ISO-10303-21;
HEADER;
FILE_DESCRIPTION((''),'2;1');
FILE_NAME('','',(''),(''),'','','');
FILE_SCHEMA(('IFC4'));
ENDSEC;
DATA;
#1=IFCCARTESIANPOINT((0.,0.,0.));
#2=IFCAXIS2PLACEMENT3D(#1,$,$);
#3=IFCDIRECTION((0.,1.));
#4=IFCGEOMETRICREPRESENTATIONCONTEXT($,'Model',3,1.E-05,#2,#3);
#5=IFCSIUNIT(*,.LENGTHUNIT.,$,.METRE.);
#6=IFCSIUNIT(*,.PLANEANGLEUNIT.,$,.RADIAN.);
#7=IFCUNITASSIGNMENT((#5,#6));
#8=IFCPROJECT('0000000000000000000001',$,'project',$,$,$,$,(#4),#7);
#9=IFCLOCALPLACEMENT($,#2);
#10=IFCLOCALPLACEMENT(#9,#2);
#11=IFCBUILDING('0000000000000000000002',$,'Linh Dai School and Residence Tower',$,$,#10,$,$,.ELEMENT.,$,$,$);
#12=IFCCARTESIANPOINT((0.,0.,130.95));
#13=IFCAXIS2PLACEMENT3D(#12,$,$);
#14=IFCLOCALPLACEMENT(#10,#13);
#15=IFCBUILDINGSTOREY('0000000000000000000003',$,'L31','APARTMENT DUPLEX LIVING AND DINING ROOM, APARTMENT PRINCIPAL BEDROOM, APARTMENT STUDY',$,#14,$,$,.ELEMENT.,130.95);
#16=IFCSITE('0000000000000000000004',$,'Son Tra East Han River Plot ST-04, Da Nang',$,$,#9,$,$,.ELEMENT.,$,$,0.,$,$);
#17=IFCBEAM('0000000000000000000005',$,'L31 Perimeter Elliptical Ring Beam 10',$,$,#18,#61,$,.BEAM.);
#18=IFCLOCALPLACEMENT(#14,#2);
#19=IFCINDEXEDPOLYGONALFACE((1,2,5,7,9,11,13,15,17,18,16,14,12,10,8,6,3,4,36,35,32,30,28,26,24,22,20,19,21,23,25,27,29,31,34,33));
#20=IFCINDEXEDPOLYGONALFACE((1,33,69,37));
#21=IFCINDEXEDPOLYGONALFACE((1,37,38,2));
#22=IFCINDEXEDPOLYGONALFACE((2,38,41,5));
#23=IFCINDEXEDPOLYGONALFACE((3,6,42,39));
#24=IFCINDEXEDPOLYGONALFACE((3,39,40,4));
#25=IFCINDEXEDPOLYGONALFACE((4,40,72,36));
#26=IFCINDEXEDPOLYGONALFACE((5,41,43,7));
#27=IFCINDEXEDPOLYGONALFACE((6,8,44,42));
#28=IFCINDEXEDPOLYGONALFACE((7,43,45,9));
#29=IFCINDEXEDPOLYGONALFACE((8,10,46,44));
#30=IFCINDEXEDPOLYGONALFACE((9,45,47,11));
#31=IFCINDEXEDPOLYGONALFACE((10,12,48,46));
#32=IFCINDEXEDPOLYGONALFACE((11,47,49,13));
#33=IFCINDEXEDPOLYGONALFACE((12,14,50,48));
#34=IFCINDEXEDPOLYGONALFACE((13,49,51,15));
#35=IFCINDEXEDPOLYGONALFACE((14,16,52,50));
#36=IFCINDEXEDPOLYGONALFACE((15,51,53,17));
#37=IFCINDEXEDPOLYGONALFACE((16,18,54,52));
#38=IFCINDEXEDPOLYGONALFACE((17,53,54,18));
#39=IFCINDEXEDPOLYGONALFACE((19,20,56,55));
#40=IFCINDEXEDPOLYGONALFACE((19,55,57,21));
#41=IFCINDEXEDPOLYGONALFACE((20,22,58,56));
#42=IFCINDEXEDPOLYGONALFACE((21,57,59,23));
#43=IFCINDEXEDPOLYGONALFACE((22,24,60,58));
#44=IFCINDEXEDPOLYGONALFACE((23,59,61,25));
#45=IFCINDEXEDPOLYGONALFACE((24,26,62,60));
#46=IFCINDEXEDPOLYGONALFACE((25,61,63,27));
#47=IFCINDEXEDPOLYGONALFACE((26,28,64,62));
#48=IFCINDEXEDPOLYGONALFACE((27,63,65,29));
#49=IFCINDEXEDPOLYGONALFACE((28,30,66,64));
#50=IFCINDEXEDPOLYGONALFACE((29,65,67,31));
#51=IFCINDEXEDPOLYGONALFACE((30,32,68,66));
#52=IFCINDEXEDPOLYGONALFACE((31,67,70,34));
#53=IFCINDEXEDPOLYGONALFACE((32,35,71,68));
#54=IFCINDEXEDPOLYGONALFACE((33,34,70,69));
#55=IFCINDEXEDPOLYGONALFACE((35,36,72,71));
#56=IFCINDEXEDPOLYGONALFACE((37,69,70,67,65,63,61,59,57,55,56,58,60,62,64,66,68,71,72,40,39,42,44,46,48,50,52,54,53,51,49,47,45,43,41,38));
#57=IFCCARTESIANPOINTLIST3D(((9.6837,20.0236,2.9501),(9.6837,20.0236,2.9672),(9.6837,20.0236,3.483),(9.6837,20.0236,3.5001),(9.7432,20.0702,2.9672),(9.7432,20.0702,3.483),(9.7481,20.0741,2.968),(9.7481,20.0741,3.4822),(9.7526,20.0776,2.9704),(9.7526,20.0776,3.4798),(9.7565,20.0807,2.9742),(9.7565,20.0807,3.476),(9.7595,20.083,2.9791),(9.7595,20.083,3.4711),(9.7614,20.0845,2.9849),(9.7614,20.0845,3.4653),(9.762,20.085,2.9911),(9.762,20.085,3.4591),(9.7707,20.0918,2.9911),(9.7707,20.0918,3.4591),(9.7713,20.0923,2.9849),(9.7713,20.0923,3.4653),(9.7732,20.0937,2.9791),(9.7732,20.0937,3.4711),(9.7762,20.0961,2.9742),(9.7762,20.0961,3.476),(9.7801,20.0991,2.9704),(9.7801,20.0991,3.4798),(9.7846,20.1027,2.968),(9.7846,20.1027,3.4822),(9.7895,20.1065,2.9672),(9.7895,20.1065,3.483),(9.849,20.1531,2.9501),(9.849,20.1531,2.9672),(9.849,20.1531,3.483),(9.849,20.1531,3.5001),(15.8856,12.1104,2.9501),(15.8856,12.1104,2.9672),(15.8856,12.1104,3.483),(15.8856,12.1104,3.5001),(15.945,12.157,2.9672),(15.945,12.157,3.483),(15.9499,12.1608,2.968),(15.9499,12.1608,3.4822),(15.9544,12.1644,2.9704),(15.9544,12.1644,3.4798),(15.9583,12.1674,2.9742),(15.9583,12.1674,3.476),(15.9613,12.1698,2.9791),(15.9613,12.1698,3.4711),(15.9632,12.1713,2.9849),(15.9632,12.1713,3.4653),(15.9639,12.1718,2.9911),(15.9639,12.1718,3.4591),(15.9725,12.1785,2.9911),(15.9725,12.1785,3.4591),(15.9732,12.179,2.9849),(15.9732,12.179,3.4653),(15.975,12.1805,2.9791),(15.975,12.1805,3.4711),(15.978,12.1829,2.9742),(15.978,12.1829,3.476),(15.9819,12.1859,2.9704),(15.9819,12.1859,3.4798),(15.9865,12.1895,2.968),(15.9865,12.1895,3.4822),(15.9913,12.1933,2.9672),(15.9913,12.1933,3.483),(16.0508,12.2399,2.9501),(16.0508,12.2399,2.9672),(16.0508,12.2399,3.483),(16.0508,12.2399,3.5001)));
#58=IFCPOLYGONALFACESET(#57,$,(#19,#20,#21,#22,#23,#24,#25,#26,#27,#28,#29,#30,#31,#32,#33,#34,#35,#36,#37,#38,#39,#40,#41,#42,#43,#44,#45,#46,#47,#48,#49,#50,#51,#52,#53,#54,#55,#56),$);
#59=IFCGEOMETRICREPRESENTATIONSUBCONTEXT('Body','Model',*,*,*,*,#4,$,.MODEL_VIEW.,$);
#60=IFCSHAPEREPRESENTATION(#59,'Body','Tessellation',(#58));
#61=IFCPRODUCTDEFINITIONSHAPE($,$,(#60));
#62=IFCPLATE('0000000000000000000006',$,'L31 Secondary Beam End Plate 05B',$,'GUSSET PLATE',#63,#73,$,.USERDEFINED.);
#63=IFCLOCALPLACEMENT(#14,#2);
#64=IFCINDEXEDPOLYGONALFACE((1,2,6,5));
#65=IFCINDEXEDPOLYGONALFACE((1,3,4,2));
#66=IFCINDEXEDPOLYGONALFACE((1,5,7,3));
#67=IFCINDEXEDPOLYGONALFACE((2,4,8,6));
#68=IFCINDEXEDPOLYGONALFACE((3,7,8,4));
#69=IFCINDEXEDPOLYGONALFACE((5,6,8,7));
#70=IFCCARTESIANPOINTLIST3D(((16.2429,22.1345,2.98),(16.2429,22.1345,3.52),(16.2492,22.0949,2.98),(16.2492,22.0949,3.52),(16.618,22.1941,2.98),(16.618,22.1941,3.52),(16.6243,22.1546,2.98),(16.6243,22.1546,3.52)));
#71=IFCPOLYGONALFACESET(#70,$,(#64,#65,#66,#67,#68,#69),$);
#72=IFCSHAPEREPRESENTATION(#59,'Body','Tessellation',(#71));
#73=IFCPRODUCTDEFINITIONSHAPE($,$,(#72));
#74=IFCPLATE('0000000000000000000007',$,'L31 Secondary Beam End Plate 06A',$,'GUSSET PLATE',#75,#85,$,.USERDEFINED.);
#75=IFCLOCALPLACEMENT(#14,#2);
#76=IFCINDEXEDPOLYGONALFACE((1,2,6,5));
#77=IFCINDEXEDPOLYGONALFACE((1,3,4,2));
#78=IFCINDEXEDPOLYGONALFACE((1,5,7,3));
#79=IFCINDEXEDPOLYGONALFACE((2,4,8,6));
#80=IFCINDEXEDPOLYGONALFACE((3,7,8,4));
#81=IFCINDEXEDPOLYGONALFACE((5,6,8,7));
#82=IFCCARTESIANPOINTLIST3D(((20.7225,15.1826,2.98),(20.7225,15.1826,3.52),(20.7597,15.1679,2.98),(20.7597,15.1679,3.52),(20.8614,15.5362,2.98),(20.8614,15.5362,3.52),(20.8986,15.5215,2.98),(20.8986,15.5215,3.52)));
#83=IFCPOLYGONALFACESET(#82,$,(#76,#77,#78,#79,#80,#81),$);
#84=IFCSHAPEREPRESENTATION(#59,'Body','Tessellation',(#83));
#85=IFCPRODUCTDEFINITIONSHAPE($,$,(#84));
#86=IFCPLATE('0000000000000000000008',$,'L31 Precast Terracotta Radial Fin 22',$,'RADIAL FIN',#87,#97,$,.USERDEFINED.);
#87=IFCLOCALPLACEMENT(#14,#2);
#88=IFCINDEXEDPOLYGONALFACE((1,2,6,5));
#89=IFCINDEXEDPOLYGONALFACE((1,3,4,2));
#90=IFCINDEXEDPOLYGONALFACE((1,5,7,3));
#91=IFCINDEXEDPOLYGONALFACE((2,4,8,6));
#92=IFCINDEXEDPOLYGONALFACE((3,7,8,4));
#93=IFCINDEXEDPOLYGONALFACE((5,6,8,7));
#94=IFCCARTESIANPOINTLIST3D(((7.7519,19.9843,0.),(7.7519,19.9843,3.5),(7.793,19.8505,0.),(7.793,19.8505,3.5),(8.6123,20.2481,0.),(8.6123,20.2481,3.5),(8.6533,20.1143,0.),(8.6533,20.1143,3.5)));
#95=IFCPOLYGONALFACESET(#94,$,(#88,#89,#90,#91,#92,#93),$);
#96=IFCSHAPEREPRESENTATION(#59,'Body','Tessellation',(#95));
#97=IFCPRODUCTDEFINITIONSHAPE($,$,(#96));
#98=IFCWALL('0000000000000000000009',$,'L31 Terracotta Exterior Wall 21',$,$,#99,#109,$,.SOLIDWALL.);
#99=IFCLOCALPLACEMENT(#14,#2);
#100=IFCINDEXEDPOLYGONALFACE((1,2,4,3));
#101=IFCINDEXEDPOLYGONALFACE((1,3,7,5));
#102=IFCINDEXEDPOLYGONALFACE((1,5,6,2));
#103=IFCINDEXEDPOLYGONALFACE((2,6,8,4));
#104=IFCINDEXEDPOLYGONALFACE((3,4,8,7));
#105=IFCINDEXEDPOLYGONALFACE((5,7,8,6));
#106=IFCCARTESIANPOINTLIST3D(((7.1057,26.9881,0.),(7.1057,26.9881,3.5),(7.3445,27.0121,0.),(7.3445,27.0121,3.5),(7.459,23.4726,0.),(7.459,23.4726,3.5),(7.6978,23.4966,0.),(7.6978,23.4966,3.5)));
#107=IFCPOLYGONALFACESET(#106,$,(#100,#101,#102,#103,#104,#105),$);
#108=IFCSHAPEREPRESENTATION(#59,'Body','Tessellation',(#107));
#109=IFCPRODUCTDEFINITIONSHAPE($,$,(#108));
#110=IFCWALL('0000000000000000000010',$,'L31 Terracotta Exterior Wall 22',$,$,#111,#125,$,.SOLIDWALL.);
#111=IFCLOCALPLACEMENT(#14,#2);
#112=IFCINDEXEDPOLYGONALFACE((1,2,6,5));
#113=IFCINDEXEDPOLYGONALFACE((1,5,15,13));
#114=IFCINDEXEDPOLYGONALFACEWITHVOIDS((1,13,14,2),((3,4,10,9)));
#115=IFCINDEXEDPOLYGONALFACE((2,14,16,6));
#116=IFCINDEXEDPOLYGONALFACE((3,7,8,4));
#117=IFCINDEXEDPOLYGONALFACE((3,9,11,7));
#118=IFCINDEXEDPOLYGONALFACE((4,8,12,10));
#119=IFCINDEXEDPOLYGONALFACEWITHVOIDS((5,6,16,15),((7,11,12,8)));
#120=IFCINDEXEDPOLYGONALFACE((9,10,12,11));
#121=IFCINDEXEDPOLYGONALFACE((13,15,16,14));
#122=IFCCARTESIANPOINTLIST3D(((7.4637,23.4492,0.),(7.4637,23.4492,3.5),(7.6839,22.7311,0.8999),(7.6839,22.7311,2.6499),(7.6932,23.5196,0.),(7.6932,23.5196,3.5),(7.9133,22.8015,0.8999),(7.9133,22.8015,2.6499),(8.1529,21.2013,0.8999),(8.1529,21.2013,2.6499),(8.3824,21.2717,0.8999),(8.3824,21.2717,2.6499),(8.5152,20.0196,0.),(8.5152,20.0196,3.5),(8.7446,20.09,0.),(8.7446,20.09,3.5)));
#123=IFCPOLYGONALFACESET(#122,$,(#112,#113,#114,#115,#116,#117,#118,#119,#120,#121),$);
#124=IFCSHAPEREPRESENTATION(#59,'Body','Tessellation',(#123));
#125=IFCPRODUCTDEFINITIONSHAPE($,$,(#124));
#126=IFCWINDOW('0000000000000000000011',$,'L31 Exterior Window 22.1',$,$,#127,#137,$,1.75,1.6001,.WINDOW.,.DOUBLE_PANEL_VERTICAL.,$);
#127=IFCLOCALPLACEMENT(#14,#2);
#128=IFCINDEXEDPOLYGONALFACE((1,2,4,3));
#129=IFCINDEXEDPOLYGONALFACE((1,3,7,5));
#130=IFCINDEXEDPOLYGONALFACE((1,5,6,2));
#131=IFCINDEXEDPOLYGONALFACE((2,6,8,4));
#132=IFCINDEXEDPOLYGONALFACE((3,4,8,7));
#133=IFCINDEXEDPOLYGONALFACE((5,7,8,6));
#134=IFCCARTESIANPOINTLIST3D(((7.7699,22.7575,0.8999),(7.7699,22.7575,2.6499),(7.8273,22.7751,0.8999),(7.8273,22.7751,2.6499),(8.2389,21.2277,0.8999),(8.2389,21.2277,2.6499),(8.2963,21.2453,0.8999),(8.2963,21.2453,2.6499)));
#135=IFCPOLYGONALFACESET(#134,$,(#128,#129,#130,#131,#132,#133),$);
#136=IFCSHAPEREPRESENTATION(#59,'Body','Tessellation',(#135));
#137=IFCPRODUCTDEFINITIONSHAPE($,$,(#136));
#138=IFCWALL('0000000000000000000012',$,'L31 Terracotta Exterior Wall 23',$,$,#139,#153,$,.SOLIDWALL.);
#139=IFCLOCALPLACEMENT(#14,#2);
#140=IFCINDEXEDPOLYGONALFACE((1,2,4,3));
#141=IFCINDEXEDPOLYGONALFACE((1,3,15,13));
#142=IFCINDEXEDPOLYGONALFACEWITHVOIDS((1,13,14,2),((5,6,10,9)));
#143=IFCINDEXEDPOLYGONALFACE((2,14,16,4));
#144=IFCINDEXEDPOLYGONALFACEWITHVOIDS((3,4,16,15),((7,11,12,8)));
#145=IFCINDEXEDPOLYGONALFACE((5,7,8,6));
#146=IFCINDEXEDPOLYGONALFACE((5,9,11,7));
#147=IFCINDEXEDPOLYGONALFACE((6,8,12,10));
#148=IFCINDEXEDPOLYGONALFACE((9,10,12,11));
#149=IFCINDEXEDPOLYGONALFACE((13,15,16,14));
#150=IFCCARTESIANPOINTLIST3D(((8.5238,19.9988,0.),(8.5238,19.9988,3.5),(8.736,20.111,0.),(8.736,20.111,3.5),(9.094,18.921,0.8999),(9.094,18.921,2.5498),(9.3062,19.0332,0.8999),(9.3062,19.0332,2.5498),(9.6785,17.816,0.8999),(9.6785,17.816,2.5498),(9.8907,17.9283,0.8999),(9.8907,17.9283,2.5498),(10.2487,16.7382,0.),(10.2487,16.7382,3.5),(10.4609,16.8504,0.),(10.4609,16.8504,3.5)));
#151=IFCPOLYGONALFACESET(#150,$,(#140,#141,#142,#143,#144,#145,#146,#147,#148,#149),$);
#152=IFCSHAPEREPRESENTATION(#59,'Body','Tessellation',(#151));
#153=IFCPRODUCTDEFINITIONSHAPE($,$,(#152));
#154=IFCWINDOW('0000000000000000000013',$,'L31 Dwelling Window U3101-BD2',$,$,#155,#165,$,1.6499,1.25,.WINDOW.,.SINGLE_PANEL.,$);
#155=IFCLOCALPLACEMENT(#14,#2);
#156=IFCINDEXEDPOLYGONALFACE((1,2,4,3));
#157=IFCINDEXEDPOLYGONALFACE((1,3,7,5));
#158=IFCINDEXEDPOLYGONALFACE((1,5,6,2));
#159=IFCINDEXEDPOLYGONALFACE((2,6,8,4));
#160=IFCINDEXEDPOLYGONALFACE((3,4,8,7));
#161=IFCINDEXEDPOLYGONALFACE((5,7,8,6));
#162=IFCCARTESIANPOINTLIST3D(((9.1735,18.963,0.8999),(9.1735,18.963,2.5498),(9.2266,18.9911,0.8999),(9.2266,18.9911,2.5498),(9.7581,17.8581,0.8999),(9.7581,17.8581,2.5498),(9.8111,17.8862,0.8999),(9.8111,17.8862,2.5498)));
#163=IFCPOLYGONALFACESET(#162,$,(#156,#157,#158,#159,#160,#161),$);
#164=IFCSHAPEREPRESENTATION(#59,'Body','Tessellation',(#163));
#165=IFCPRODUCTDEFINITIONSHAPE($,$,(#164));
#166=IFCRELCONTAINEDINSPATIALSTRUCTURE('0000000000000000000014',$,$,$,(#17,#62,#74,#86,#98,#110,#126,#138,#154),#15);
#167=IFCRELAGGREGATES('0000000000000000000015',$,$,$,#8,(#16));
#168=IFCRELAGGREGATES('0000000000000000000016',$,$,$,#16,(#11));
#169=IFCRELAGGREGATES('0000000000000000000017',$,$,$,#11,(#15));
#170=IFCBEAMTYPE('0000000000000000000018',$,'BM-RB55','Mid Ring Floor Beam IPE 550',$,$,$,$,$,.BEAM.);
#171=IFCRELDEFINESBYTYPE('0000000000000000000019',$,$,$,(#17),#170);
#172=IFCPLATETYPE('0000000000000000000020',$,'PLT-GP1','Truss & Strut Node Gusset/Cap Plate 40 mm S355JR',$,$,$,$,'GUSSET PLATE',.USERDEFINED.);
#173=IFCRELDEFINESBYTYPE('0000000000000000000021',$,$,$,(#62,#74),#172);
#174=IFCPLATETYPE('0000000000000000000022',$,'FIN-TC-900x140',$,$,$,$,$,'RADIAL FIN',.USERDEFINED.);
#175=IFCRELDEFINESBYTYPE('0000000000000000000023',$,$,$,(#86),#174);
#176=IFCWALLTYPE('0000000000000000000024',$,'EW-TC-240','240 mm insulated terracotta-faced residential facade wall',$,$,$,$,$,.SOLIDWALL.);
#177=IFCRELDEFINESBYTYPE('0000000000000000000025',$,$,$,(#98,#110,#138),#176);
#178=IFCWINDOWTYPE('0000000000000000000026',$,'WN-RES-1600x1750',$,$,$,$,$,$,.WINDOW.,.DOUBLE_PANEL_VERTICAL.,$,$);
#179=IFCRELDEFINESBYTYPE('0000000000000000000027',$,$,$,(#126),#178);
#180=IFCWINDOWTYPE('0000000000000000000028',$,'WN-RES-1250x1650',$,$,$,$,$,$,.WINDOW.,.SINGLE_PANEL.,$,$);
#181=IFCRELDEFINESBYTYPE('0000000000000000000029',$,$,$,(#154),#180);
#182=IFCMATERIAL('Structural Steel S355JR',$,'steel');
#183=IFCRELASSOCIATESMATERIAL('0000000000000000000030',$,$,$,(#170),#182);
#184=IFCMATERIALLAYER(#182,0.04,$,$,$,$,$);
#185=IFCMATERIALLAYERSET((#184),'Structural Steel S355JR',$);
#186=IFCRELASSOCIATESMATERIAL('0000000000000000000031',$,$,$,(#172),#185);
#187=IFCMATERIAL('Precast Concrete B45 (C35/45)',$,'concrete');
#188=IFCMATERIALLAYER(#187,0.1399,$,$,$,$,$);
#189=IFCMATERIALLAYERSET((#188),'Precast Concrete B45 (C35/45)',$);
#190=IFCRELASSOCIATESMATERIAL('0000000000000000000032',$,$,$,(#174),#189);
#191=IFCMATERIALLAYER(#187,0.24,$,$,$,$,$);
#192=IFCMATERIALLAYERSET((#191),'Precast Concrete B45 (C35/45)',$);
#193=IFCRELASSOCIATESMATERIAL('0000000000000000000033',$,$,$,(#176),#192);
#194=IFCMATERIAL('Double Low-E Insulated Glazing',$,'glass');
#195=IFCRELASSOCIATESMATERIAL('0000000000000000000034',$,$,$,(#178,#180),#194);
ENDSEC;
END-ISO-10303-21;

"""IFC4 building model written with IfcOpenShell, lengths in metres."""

from ifc_helpers import new_model, si_unit, direction, frame, frame_2d, origin, origin_2d, place, context, subcontext, project, spatial, rectangle, i_section, extrude, source, transform, mapped, material, layer, layer_set, material_profile, profile_set, type_object, element, fill, save


model = new_model("IFC4")

# Units and contexts
model_context = context("Model", 3, precision=1e-05, world=origin(), true_north=direction((0.0, 1.0)))
body_context = subcontext(model_context, "Body", "Model", "MODEL_VIEW")
ifc_project = project(units=[si_unit("LENGTHUNIT", "METRE"), si_unit("PLANEANGLEUNIT", "RADIAN")], contexts=[model_context])

# Site, building, storey
site_placement = place(None, origin())
site = spatial("IfcSite", under=ifc_project, at=site_placement, Name="Son Tra East Han River Plot ST-04, Da Nang", CompositionType="ELEMENT", RefElevation=0.0)
building_placement = place(site_placement, origin())
building = spatial("IfcBuilding", under=site, at=building_placement, Name="Linh Dai School and Residence Tower", CompositionType="ELEMENT")
storey_placement = place(building_placement, frame((0.0, 0.0, 130.95)))
storey = spatial("IfcBuildingStorey", under=building, at=storey_placement, Name="L31", Description="APARTMENT DUPLEX LIVING AND DINING ROOM, APARTMENT PRINCIPAL BEDROOM, APARTMENT STUDY", CompositionType="ELEMENT", Elevation=130.95)

# Shared definitions
ifc_material_1 = material(Name="Structural Steel S355JR", Category="steel")

# Beam
ifc_material_profile_1 = material_profile(ifc_material_1, i_section(OverallWidth=0.21, OverallDepth=0.55, WebThickness=0.011, FlangeThickness=0.0171, FilletRadius=0.0239, at=origin_2d()), Name="IPE 550")
ifc_profile_set_1 = profile_set([ifc_material_profile_1], Name="Structural Steel S355JR")
beam_type_1 = type_object("IfcBeamType", Name="BM-RB55", Description="Mid Ring Floor Beam IPE 550", PredefinedType="BEAM", material=ifc_profile_set_1)
beam_1_placement = place(storey_placement, frame((9.7664, 20.0884, 3.2251), z_axis=(0.616855, -0.787077, 0.0), x_axis=(0.787077, 0.616855, 0.0)))
element("IfcBeam", 1, at=beam_1_placement, inside=storey, type_object=beam_type_1, Name="L31 Perimeter Elliptical Ring Beam 10", PredefinedType="BEAM", context=body_context, shape_type="SweptSolid", body=[
    extrude(i_section(OverallWidth=0.21, OverallDepth=0.55, WebThickness=0.011, FlangeThickness=0.0171, FilletRadius=0.0239, at=origin_2d()), origin(), (0.0, 0.0, 1.0), 10.054),
])

# Plates
ifc_layer_1 = layer(ifc_material_1, 0.04)
ifc_layer_set_1 = layer_set([ifc_layer_1], Name="Structural Steel S355JR")
plate_type_1 = type_object("IfcPlateType", Name="PLT-GP1", Description="Truss & Strut Node Gusset/Cap Plate 40 mm S355JR", ElementType="GUSSET PLATE", PredefinedType="USERDEFINED", material=ifc_layer_set_1)
shared_shape_1 = source(origin(), body_context, "Body", "SweptSolid", [
    extrude(rectangle(XDim=0.04, YDim=0.3799, at=origin_2d()), origin(), (0.0, 0.0, 1.0), 0.54),
])
for number, where, z_axis, x_axis, name in (
    (2, (16.4336, 22.1445, 2.98), (0.0, 0.0, 1.0), (0.157025, -0.987595, 0.0), "L31 Secondary Beam End Plate 05B"),
    (3, (20.8105, 15.3521, 2.98), (0.0, 0.0, 1.0), (0.930752, -0.36565, 0.0), "L31 Secondary Beam End Plate 06A"),
):
    element("IfcPlate", number, at=place(storey_placement, frame(where, z_axis=z_axis, x_axis=x_axis)), inside=storey, type_object=plate_type_1, Name=name, ObjectType="GUSSET PLATE", PredefinedType="USERDEFINED", context=body_context, shape_type="MappedRepresentation", body=[
        mapped(shared_shape_1, transform((0.0, 0.0, 0.0), x_axis=(1.0, 0.0, 0.0), y_axis=(0.0, 1.0, 0.0), z_axis=(0.0, 0.0, 1.0), scale=1.0)),
    ])
ifc_material_2 = material(Name="Precast Concrete B45 (C35/45)", Category="concrete")
ifc_layer_2 = layer(ifc_material_2, 0.1399)
ifc_layer_set_2 = layer_set([ifc_layer_2], Name="Precast Concrete B45 (C35/45)")
plate_type_2 = type_object("IfcPlateType", Name="FIN-TC-900x140", ElementType="RADIAL FIN", PredefinedType="USERDEFINED", material=ifc_layer_set_2)
shared_shape_2 = source(origin(), body_context, "Body", "SweptSolid", [
    extrude(rectangle(XDim=0.8999, YDim=0.1399, at=origin_2d()), origin(), (0.0, 0.0, 1.0), 3.5),
])
plate_placement = place(storey_placement, frame((8.2026, 20.0493, 0.0), z_axis=(0.0, 0.0, 1.0), x_axis=(-0.956072, -0.293134, 0.0)))
element("IfcPlate", 4, at=plate_placement, inside=storey, type_object=plate_type_2, Name="L31 Precast Terracotta Radial Fin 22", ObjectType="RADIAL FIN", PredefinedType="USERDEFINED", context=body_context, shape_type="MappedRepresentation", body=[
    mapped(shared_shape_2, transform((0.0, 0.0, 0.0), x_axis=(1.0, 0.0, 0.0), y_axis=(0.0, 1.0, 0.0), z_axis=(0.0, 0.0, 1.0), scale=1.0)),
])

# Wall
ifc_layer_3 = layer(ifc_material_2, 0.24)
ifc_layer_set_3 = layer_set([ifc_layer_3], Name="Precast Concrete B45 (C35/45)")
wall_type_1 = type_object("IfcWallType", Name="EW-TC-240", Description="240 mm insulated terracotta-faced residential facade wall", PredefinedType="SOLIDWALL", material=ifc_layer_set_3)
wall_1_placement = place(storey_placement, frame((7.5784, 23.4846, 0.0), z_axis=(0.0, 0.0, 1.0), x_axis=(-0.099989, 0.994988, 0.0)))
element("IfcWall", 5, at=wall_1_placement, inside=storey, type_object=wall_type_1, Name="L31 Terracotta Exterior Wall 21", PredefinedType="SOLIDWALL", context=body_context, shape_type="SweptSolid", body=[
    extrude(rectangle(XDim=3.5332, YDim=0.24, at=frame_2d((1.7666, 0.0))), origin(), (0.0, 0.0, 1.0), 3.5),
])

# Walls, openings, windows
wall_2_placement = place(storey_placement, frame((8.6299, 20.0549, 0.0), z_axis=(0.0, 0.0, 1.0), x_axis=(-0.293124, 0.956074, 0.0)))
wall_2 = element("IfcWall", 6, at=wall_2_placement, inside=storey, type_object=wall_type_1, Name="L31 Terracotta Exterior Wall 22", PredefinedType="SOLIDWALL", context=body_context, shape_type="SweptSolid", body=[
    extrude(rectangle(XDim=3.5872, YDim=0.24, at=frame_2d((1.7935, 0.0))), origin(), (0.0, 0.0, 1.0), 3.5),
])
opening_1_placement = place(wall_2_placement, frame((1.2358, 0.0, 0.8999)))
opening_1 = element("IfcOpeningElement", 7, at=opening_1_placement, cuts=wall_2, PredefinedType="OPENING", context=body_context, shape_type="SweptSolid", body=[
    extrude(rectangle(XDim=1.6001, YDim=1.75, at=origin_2d()), frame((0.8, 0.1299, 0.875), z_axis=(0.0, -1.0, 0.0), x_axis=(1.0, 0.0, 0.0)), (0.0, 0.0, 1.0), 0.26),
])
ifc_material_3 = material(Name="Double Low-E Insulated Glazing", Category="glass")
window_type_1 = type_object("IfcWindowType", Name="WN-RES-1600x1750", PartitioningType="DOUBLE_PANEL_VERTICAL", PredefinedType="WINDOW", material=ifc_material_3)
shared_shape_3 = source(origin(), body_context, "Body", "SweptSolid", [
    extrude(rectangle(XDim=1.6001, YDim=1.75, at=origin_2d()), frame((0.8, 0.03, 0.875), z_axis=(0.0, -1.0, 0.0), x_axis=(1.0, 0.0, 0.0)), (0.0, 0.0, 1.0), 0.0601),
])
window_1_placement = place(opening_1_placement, origin())
window_1 = element("IfcWindow", 8, at=window_1_placement, inside=storey, type_object=window_type_1, Name="L31 Exterior Window 22.1", OverallHeight=1.75, OverallWidth=1.6001, PartitioningType="DOUBLE_PANEL_VERTICAL", PredefinedType="WINDOW", context=body_context, shape_type="MappedRepresentation", body=[
    mapped(shared_shape_3, transform((0.0, 0.0, 0.0), x_axis=(1.0, 0.0, 0.0), y_axis=(0.0, 1.0, 0.0), z_axis=(0.0, 0.0, 1.0), scale=1.0)),
])
fill(opening_1, window_1)
wall_3_placement = place(storey_placement, frame((10.3547, 16.7944, 0.0), z_axis=(0.0, 0.0, 1.0), x_axis=(-0.467614, 0.883933, 0.0)))
wall_3 = element("IfcWall", 9, at=wall_3_placement, inside=storey, type_object=wall_type_1, Name="L31 Terracotta Exterior Wall 23", PredefinedType="SOLIDWALL", context=body_context, shape_type="SweptSolid", body=[
    extrude(rectangle(XDim=3.6887, YDim=0.24, at=frame_2d((1.8442, 0.0))), origin(), (0.0, 0.0, 1.0), 3.5),
])
opening_2_placement = place(wall_3_placement, frame((1.2192, 0.0, 0.8999)))
opening_2 = element("IfcOpeningElement", 10, at=opening_2_placement, cuts=wall_3, PredefinedType="OPENING", context=body_context, shape_type="SweptSolid", body=[
    extrude(rectangle(XDim=1.25, YDim=1.6499, at=origin_2d()), frame((0.625, 0.1299, 0.825), z_axis=(0.0, -1.0, 0.0), x_axis=(1.0, 0.0, 0.0)), (0.0, 0.0, 1.0), 0.26),
])
window_type_2 = type_object("IfcWindowType", Name="WN-RES-1250x1650", PartitioningType="SINGLE_PANEL", PredefinedType="WINDOW", material=ifc_material_3)
shared_shape_4 = source(origin(), body_context, "Body", "SweptSolid", [
    extrude(rectangle(XDim=1.25, YDim=1.6499, at=origin_2d()), frame((0.625, 0.03, 0.825), z_axis=(0.0, -1.0, 0.0), x_axis=(1.0, 0.0, 0.0)), (0.0, 0.0, 1.0), 0.0601),
])
window_2_placement = place(opening_2_placement, origin())
window_2 = element("IfcWindow", 11, at=window_2_placement, inside=storey, type_object=window_type_2, Name="L31 Dwelling Window U3101-BD2", OverallHeight=1.6499, OverallWidth=1.25, PartitioningType="SINGLE_PANEL", PredefinedType="WINDOW", context=body_context, shape_type="MappedRepresentation", body=[
    mapped(shared_shape_4, transform((0.0, 0.0, 0.0), x_axis=(1.0, 0.0, 0.0), y_axis=(0.0, 1.0, 0.0), z_axis=(0.0, 0.0, 1.0), scale=1.0)),
])
fill(opening_2, window_2)

save(model, "model.ifc")
